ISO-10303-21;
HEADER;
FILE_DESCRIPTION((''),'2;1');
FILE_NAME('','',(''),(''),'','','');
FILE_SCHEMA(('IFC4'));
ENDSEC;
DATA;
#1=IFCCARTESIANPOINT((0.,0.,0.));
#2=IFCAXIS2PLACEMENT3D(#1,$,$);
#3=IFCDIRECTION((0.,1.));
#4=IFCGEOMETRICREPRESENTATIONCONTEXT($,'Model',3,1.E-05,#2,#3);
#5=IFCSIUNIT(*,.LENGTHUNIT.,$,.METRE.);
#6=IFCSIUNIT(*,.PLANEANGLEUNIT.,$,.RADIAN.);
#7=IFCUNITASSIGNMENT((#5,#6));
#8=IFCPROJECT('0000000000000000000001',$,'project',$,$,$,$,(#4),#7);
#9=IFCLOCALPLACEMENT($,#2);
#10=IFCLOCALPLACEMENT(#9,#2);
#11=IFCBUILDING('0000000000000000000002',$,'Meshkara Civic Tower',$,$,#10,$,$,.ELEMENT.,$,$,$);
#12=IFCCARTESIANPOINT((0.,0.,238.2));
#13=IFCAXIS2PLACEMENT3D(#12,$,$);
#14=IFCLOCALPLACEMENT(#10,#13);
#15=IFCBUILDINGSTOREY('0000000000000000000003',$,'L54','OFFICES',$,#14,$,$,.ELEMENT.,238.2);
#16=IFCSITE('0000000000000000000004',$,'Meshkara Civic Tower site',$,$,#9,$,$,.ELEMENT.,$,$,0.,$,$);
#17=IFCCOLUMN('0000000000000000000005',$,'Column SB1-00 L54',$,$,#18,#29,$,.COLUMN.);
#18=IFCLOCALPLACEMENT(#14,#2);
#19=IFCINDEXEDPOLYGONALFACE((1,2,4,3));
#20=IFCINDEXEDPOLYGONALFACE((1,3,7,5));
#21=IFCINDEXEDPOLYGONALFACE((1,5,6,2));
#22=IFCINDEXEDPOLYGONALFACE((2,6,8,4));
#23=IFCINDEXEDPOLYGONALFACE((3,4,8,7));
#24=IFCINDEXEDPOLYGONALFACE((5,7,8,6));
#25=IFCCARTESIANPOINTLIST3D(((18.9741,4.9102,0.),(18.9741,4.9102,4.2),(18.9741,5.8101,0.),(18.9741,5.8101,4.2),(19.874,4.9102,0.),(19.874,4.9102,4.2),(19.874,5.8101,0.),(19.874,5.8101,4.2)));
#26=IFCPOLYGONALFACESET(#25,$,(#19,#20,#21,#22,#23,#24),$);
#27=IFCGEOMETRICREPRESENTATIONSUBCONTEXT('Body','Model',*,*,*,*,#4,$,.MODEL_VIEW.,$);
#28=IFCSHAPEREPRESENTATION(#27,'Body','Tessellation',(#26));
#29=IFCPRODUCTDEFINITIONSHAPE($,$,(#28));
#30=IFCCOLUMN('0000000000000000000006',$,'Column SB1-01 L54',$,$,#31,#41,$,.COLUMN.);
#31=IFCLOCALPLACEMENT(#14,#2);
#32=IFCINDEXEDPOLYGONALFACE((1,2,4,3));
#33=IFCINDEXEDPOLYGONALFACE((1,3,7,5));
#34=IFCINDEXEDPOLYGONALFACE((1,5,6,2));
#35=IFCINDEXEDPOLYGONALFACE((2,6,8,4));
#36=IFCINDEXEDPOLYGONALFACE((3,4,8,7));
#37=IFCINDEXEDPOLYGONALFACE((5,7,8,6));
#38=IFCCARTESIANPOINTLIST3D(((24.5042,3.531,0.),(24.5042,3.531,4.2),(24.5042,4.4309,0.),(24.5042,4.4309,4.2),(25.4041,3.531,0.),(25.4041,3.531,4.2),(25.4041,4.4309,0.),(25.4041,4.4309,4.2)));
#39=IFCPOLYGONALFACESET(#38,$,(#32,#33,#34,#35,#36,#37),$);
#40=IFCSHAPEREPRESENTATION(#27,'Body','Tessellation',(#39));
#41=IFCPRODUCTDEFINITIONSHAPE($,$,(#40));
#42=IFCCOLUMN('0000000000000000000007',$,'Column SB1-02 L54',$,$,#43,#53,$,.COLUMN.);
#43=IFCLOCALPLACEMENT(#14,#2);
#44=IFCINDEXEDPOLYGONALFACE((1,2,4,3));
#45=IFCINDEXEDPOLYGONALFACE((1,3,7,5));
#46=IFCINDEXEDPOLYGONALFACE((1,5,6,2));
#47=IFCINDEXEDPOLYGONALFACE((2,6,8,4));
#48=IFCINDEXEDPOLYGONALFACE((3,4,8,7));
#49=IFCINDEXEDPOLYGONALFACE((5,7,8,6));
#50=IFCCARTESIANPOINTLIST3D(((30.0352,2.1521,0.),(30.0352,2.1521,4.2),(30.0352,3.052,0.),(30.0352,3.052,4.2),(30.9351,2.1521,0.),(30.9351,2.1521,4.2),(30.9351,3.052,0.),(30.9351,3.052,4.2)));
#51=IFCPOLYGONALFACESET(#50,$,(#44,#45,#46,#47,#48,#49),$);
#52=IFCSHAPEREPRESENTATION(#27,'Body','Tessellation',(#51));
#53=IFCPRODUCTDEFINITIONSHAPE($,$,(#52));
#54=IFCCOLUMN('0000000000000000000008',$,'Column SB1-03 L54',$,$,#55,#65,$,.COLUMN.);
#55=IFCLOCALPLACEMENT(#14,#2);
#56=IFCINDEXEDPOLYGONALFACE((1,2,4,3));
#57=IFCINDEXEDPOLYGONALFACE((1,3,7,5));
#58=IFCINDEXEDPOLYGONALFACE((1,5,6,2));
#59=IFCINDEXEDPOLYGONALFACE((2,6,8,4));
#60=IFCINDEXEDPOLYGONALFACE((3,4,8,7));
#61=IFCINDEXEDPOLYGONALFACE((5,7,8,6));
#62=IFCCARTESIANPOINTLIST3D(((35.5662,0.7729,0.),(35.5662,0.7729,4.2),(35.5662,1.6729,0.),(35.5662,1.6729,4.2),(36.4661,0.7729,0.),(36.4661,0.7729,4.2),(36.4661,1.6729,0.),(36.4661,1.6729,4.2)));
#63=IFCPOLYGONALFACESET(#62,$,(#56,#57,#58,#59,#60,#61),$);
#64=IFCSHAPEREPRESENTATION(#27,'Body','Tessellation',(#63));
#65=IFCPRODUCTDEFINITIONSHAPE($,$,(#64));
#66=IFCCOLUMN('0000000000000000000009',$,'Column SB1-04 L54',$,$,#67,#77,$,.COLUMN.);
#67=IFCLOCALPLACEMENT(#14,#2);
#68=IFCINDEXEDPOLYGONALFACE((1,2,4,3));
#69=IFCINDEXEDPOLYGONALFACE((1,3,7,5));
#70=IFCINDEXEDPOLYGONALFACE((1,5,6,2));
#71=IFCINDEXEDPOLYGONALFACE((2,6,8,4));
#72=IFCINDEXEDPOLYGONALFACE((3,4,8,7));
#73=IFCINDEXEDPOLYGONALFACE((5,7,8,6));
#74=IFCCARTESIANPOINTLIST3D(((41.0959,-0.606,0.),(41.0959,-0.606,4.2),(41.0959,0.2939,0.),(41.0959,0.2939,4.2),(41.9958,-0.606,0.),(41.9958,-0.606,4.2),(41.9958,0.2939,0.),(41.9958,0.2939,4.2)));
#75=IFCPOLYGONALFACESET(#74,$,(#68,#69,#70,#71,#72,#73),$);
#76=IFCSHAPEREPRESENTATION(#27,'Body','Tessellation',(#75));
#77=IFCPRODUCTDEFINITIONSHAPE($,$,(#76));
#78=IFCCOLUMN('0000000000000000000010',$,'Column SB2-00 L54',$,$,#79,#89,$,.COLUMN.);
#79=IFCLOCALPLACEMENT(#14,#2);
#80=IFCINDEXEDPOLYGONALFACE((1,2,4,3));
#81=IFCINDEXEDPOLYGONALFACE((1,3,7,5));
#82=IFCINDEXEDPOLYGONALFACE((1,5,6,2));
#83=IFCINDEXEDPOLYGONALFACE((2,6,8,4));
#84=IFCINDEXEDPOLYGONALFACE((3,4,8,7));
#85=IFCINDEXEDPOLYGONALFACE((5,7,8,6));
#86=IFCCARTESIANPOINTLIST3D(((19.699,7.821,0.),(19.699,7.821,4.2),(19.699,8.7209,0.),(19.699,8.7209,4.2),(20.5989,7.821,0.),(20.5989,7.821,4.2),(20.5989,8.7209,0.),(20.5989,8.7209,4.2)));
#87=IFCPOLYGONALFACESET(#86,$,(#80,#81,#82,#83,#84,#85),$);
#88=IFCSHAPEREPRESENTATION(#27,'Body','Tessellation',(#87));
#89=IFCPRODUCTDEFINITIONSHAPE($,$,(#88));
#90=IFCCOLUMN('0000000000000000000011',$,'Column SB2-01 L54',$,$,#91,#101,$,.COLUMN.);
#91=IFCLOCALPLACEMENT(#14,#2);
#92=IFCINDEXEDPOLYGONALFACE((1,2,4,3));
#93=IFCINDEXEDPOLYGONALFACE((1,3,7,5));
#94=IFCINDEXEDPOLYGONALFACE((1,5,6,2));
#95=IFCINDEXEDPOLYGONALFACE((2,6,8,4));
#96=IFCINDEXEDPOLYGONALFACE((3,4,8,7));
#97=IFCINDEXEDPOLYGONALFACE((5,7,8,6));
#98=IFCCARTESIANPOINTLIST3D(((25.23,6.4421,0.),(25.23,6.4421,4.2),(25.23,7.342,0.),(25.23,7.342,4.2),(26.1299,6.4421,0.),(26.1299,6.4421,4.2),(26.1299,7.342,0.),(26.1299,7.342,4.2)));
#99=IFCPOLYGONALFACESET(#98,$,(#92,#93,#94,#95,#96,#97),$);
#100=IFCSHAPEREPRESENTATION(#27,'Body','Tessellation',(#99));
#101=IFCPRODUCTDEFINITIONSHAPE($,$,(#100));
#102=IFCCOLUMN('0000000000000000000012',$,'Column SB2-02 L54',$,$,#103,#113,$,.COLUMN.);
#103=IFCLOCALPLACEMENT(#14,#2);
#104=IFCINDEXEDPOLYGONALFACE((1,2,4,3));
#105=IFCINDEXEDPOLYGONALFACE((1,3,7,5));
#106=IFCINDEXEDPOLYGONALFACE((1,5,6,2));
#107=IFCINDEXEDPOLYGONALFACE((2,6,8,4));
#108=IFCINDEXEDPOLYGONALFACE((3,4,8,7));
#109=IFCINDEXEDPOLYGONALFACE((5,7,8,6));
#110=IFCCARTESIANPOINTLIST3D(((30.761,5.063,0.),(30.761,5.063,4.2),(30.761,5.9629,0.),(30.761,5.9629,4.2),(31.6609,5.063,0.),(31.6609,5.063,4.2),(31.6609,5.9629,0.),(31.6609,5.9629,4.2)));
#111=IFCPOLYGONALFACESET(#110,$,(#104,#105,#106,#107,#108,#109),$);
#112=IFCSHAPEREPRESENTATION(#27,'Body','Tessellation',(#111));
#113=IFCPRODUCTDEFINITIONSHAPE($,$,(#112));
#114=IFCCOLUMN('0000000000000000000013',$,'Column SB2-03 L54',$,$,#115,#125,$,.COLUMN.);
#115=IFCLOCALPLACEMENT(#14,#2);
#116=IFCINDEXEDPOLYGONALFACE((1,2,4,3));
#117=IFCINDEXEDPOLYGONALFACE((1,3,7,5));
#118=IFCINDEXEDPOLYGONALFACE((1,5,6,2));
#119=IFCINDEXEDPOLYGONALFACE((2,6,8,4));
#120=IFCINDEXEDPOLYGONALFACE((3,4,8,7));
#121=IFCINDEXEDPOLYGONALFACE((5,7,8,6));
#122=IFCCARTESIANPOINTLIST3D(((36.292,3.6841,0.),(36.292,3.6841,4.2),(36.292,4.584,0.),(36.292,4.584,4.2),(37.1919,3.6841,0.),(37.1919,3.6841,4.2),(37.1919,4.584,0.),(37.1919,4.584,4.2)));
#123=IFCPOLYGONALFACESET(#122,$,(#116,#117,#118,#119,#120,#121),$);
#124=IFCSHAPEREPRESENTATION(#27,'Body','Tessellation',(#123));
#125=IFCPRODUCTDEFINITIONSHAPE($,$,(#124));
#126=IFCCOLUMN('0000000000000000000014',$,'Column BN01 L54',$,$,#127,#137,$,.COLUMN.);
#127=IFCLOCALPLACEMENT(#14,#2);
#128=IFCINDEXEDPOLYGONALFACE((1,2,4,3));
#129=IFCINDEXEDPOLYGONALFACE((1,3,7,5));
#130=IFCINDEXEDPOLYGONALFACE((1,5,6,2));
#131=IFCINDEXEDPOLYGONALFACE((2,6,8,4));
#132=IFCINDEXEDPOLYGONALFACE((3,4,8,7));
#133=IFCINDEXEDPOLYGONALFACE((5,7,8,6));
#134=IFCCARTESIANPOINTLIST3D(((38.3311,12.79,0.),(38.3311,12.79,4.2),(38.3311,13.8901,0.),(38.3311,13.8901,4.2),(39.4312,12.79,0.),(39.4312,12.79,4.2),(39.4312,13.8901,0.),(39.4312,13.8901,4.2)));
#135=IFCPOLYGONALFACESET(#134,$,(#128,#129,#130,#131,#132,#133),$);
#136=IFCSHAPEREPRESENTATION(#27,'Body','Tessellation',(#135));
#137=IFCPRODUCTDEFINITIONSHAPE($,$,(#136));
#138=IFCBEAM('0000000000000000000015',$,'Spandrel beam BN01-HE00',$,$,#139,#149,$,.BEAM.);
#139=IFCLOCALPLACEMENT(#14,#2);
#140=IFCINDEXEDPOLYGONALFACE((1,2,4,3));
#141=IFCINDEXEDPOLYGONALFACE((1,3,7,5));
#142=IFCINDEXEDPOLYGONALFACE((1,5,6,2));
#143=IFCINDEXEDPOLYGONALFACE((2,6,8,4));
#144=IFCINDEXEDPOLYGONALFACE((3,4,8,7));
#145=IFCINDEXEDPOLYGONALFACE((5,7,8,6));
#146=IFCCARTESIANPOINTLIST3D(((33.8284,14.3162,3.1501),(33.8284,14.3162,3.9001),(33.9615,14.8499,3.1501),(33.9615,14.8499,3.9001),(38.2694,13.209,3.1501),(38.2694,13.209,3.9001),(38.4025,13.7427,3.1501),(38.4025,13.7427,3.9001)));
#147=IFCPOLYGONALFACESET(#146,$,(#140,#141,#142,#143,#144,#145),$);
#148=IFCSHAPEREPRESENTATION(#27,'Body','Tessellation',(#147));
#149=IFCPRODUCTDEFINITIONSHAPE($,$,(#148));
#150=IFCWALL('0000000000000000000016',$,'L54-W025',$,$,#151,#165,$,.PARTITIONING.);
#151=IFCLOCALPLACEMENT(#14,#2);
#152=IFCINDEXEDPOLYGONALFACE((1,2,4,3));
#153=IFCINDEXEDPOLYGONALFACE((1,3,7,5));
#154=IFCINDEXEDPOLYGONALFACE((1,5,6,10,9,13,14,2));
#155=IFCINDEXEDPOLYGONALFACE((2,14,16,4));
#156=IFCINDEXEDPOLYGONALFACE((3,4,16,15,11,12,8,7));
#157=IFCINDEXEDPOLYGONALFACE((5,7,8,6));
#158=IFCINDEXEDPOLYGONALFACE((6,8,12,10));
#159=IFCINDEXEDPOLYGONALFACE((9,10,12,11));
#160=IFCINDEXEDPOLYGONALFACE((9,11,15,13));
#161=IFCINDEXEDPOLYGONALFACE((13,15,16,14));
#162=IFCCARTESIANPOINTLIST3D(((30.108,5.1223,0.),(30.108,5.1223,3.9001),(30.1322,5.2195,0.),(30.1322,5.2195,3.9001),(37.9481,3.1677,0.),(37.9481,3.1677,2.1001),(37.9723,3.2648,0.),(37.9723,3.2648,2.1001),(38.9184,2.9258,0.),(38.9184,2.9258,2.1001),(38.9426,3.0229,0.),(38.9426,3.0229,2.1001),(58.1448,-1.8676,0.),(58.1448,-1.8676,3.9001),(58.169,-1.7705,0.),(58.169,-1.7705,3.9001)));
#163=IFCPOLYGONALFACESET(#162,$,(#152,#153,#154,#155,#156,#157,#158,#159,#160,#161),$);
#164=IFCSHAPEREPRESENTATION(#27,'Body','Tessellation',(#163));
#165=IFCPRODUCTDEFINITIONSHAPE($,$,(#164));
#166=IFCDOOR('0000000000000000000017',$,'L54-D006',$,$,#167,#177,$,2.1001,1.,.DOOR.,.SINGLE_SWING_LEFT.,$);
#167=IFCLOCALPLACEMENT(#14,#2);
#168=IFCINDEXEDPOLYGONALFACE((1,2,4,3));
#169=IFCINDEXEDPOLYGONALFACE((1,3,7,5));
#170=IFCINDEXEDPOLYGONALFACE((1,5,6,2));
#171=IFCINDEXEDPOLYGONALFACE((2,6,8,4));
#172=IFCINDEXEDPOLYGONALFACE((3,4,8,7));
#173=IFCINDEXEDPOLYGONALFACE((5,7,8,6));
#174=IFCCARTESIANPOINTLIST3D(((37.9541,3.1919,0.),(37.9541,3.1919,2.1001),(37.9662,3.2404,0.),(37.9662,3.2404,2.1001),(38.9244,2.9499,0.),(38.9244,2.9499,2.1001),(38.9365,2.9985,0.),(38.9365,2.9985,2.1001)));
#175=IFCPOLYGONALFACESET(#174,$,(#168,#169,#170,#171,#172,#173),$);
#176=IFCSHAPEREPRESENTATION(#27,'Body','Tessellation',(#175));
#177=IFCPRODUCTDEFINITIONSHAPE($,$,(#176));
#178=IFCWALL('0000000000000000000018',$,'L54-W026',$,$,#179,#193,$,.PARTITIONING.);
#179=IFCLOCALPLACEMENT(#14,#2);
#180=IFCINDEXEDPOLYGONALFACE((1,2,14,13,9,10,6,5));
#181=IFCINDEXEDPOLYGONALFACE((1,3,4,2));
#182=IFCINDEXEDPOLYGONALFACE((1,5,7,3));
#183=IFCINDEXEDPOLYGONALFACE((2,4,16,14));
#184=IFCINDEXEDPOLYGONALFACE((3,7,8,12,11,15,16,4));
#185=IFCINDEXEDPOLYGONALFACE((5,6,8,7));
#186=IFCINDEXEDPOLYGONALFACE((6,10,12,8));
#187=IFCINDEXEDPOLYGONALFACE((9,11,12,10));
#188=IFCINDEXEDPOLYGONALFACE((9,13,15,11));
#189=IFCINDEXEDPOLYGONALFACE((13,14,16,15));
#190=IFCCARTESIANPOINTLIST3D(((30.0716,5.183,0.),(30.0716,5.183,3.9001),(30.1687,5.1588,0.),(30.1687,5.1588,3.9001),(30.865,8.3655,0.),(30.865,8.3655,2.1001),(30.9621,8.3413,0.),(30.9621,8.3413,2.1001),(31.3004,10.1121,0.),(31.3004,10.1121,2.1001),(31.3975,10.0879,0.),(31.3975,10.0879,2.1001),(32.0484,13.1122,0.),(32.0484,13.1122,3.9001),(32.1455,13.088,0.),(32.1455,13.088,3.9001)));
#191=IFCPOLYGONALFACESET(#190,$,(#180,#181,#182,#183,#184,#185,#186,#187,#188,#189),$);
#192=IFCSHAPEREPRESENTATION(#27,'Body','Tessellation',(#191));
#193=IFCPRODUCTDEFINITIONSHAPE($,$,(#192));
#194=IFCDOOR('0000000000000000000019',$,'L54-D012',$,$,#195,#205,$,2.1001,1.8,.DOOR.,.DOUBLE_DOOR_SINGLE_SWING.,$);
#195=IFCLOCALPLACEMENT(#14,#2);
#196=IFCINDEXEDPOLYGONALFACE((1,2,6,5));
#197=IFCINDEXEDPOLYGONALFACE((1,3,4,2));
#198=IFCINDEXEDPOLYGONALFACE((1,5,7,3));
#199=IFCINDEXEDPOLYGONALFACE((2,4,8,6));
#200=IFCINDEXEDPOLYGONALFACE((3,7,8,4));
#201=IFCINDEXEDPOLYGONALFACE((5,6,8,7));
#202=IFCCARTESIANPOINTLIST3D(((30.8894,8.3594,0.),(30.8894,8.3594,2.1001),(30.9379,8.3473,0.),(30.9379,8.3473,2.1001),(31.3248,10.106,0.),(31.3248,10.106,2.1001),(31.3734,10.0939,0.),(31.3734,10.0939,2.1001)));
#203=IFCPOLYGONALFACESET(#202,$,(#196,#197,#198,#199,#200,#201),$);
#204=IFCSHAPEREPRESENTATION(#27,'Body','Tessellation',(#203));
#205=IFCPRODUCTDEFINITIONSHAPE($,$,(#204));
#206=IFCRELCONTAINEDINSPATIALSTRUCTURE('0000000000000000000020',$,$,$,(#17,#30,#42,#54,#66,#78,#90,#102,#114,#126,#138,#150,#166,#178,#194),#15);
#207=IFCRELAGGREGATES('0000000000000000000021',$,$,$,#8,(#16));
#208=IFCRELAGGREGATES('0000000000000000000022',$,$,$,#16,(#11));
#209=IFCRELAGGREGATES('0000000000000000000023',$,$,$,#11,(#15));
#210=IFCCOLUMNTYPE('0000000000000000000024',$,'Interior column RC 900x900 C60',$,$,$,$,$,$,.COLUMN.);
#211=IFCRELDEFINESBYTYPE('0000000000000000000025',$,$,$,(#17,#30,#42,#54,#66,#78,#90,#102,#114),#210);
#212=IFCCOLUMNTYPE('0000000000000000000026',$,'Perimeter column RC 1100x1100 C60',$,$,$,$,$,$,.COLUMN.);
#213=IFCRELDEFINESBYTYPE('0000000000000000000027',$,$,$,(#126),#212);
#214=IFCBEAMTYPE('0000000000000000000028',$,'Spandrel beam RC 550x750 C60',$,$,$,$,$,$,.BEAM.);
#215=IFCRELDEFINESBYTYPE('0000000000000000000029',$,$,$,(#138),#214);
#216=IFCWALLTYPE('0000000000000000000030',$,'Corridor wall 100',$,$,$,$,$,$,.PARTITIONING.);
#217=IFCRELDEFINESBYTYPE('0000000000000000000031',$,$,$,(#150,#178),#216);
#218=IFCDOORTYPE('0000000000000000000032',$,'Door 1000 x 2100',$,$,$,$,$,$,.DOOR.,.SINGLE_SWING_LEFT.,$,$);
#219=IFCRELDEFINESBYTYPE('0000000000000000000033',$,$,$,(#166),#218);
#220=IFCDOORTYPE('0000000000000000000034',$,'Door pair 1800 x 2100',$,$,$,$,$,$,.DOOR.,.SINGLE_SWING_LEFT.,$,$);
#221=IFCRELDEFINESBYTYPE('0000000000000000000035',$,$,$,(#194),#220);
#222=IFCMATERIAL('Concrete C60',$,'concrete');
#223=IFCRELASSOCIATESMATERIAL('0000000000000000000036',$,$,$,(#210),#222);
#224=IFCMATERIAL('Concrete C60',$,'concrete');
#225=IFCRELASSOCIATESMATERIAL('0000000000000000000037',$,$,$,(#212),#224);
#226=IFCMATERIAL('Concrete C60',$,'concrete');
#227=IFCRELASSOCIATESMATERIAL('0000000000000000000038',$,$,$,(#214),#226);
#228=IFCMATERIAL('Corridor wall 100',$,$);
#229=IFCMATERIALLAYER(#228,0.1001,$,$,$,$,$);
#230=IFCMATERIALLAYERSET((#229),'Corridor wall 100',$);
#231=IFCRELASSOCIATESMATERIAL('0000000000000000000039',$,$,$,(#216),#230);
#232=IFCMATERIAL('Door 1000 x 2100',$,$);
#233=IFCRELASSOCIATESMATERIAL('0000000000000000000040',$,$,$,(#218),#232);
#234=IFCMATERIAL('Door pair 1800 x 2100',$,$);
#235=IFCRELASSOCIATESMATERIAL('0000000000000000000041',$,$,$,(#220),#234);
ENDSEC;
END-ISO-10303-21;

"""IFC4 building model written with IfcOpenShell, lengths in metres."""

from ifc_helpers import new_model, si_unit, direction, frame, frame_2d, origin, origin_2d, place, context, subcontext, project, spatial, rectangle, extrude, material, layer, layer_set, material_profile, profile_set, type_object, element, fill, save


model = new_model("IFC4")

# Units and contexts
model_context = context("Model", 3, precision=1e-05, world=origin(), true_north=direction((0.0, 1.0)))
body_context = subcontext(model_context, "Body", "Model", "MODEL_VIEW")
ifc_project = project(units=[si_unit("LENGTHUNIT", "METRE"), si_unit("PLANEANGLEUNIT", "RADIAN")], contexts=[model_context])

# Site, building, storey
site_placement = place(None, origin())
site = spatial("IfcSite", under=ifc_project, at=site_placement, Name="Meshkara Civic Tower site", CompositionType="ELEMENT", RefElevation=0.0)
building_placement = place(site_placement, origin())
building = spatial("IfcBuilding", under=site, at=building_placement, Name="Meshkara Civic Tower", CompositionType="ELEMENT")
storey_placement = place(building_placement, frame((0.0, 0.0, 238.2)))
storey = spatial("IfcBuildingStorey", under=building, at=storey_placement, Name="L54", Description="OFFICES", CompositionType="ELEMENT", Elevation=238.2)

# Columns
ifc_material_1 = material(Name="Concrete C60", Category="concrete")
ifc_material_profile_1 = material_profile(ifc_material_1, rectangle(XDim=0.8999, YDim=0.8999, at=origin_2d()))
ifc_profile_set_1 = profile_set([ifc_material_profile_1], Name="Concrete C60")
column_type_1 = type_object("IfcColumnType", Name="Interior column RC 900x900 C60", PredefinedType="COLUMN", material=ifc_profile_set_1)
for number, where, z_axis, x_axis, name in (
    (1, (19.4241, 5.3601, 0.0), (0.0, 0.0, 1.0), (1.0, 0.0, 0.0), "Column SB1-00 L54"),
    (2, (24.9541, 3.981, 0.0), (0.0, 0.0, 1.0), (1.0, 0.0, 0.0), "Column SB1-01 L54"),
    (3, (30.4851, 2.6021, 0.0), (0.0, 0.0, 1.0), (1.0, 0.0, 0.0), "Column SB1-02 L54"),
    (4, (36.0161, 1.2229, 0.0), (0.0, 0.0, 1.0), (1.0, 0.0, 0.0), "Column SB1-03 L54"),
    (5, (41.5459, -0.156, 0.0), (0.0, 0.0, 1.0), (1.0, 0.0, 0.0), "Column SB1-04 L54"),
    (6, (20.1489, 8.271, 0.0), (0.0, 0.0, 1.0), (1.0, 0.0, 0.0), "Column SB2-00 L54"),
    (7, (25.6799, 6.8921, 0.0), (0.0, 0.0, 1.0), (1.0, 0.0, 0.0), "Column SB2-01 L54"),
    (8, (31.2109, 5.5129, 0.0), (0.0, 0.0, 1.0), (1.0, 0.0, 0.0), "Column SB2-02 L54"),
    (9, (36.7419, 4.134, 0.0), (0.0, 0.0, 1.0), (1.0, 0.0, 0.0), "Column SB2-03 L54"),
):
    element("IfcColumn", number, at=place(storey_placement, frame(where, z_axis=z_axis, x_axis=x_axis)), inside=storey, type_object=column_type_1, Name=name, PredefinedType="COLUMN", context=body_context, shape_type="SweptSolid", body=[
        extrude(rectangle(XDim=0.8999, YDim=0.8999, at=origin_2d()), origin(), (0.0, 0.0, 1.0), 4.2),
    ])
ifc_material_2 = material(Name="Concrete C60", Category="concrete")
ifc_material_profile_2 = material_profile(ifc_material_2, rectangle(XDim=1.1001, YDim=1.1001, at=origin_2d()))
ifc_profile_set_2 = profile_set([ifc_material_profile_2], Name="Concrete C60")
column_type_2 = type_object("IfcColumnType", Name="Perimeter column RC 1100x1100 C60", PredefinedType="COLUMN", material=ifc_profile_set_2)
column_placement = place(storey_placement, frame((38.8811, 13.3401, 0.0), z_axis=(0.0, 0.0, 1.0), x_axis=(1.0, 0.0, 0.0)))
element("IfcColumn", 10, at=column_placement, inside=storey, type_object=column_type_2, Name="Column BN01 L54", PredefinedType="COLUMN", context=body_context, shape_type="SweptSolid", body=[
    extrude(rectangle(XDim=1.1001, YDim=1.1001, at=origin_2d()), origin(), (0.0, 0.0, 1.0), 4.2),
])

# Beam
ifc_material_3 = material(Name="Concrete C60", Category="concrete")
ifc_material_profile_3 = material_profile(ifc_material_3, rectangle(XDim=0.55, YDim=0.75, at=origin_2d()))
ifc_profile_set_3 = profile_set([ifc_material_profile_3], Name="Concrete C60")
beam_type = type_object("IfcBeamType", Name="Spandrel beam RC 550x750 C60", PredefinedType="BEAM", material=ifc_profile_set_3)
beam_placement = place(storey_placement, frame((38.3359, 13.4758, 3.5251), z_axis=(-0.970299, 0.241908, 0.0), x_axis=(-0.241908, -0.970299, 0.0)))
element("IfcBeam", 11, at=beam_placement, inside=storey, type_object=beam_type, Name="Spandrel beam BN01-HE00", PredefinedType="BEAM", context=body_context, shape_type="SweptSolid", body=[
    extrude(rectangle(XDim=0.55, YDim=0.75, at=origin_2d()), origin(), (0.0, 0.0, 1.0), 4.5769),
])

# Walls, openings, doors
ifc_material_4 = material(Name="Corridor wall 100")
ifc_layer_1 = layer(ifc_material_4, 0.1001)
ifc_layer_set_1 = layer_set([ifc_layer_1], Name="Corridor wall 100")
wall_type_1 = type_object("IfcWallType", Name="Corridor wall 100", PredefinedType="PARTITIONING", material=ifc_layer_set_1)
wall_1_placement = place(storey_placement, frame((30.1201, 5.1709, 0.0), z_axis=(0.0, 0.0, 1.0), x_axis=(0.970299, -0.241909, 0.0)))
wall_1 = element("IfcWall", 12, at=wall_1_placement, inside=storey, type_object=wall_type_1, Name="L54-W025", PredefinedType="PARTITIONING", context=body_context, shape_type="SweptSolid", body=[
    extrude(rectangle(XDim=28.895, YDim=0.1001, at=frame_2d((14.4475, 0.0))), origin(), (0.0, 0.0, 1.0), 3.9001),
])
opening_1_placement = place(wall_1_placement, frame((8.0801, 0.0, 0.0)))
opening_1 = element("IfcOpeningElement", 13, at=opening_1_placement, cuts=wall_1, PredefinedType="OPENING", context=body_context, shape_type="SweptSolid", body=[
    extrude(rectangle(XDim=1.0, YDim=2.1001, at=frame_2d((0.5, 1.05))), frame((0.0, 0.0601, 0.0), z_axis=(0.0, -1.0, 0.0), x_axis=(1.0, 0.0, 0.0)), (0.0, 0.0, 1.0), 0.1201),
])
ifc_material_5 = material(Name="Door 1000 x 2100")
door_type_1 = type_object("IfcDoorType", Name="Door 1000 x 2100", OperationType="SINGLE_SWING_LEFT", PredefinedType="DOOR", material=ifc_material_5)
door_1_placement = place(opening_1_placement, origin())
door_1 = element("IfcDoor", 14, at=door_1_placement, inside=storey, type_object=door_type_1, Name="L54-D006", OperationType="SINGLE_SWING_LEFT", OverallHeight=2.1001, OverallWidth=1.0, PredefinedType="DOOR", context=body_context, shape_type="SweptSolid", body=[
    extrude(rectangle(XDim=1.0, YDim=2.1001, at=frame_2d((0.5, 1.05))), frame((0.0, 0.0249, 0.0), z_axis=(0.0, -1.0, 0.0), x_axis=(1.0, 0.0, 0.0)), (0.0, 0.0, 1.0), 0.05),
])
fill(opening_1, door_1)
wall_2_placement = place(storey_placement, frame((30.1201, 5.1709, 0.0), z_axis=(0.0, 0.0, 1.0), x_axis=(0.241903, 0.9703, 0.0)))
wall_2 = element("IfcWall", 15, at=wall_2_placement, inside=storey, type_object=wall_type_1, Name="L54-W026", PredefinedType="PARTITIONING", context=body_context, shape_type="SweptSolid", body=[
    extrude(rectangle(XDim=8.1719, YDim=0.1001, at=frame_2d((4.0859, 0.0))), origin(), (0.0, 0.0, 1.0), 3.9001),
])
opening_2_placement = place(wall_2_placement, frame((3.28, 0.0, 0.0)))
opening_2 = element("IfcOpeningElement", 16, at=opening_2_placement, cuts=wall_2, PredefinedType="OPENING", context=body_context, shape_type="SweptSolid", body=[
    extrude(rectangle(XDim=1.8, YDim=2.1001, at=frame_2d((0.8999, 1.05))), frame((0.0, 0.0601, 0.0), z_axis=(0.0, -1.0, 0.0), x_axis=(1.0, 0.0, 0.0)), (0.0, 0.0, 1.0), 0.1201),
])
ifc_material_6 = material(Name="Door pair 1800 x 2100")
door_type_2 = type_object("IfcDoorType", Name="Door pair 1800 x 2100", OperationType="SINGLE_SWING_LEFT", PredefinedType="DOOR", material=ifc_material_6)
door_2_placement = place(opening_2_placement, origin())
door_2 = element("IfcDoor", 17, at=door_2_placement, inside=storey, type_object=door_type_2, Name="L54-D012", OperationType="DOUBLE_DOOR_SINGLE_SWING", OverallHeight=2.1001, OverallWidth=1.8, PredefinedType="DOOR", context=body_context, shape_type="SweptSolid", body=[
    extrude(rectangle(XDim=1.8, YDim=2.1001, at=frame_2d((0.8999, 1.05))), frame((0.0, 0.0249, 0.0), z_axis=(0.0, -1.0, 0.0), x_axis=(1.0, 0.0, 0.0)), (0.0, 0.0, 1.0), 0.05),
])
fill(opening_2, door_2)

save(model, "model.ifc")
